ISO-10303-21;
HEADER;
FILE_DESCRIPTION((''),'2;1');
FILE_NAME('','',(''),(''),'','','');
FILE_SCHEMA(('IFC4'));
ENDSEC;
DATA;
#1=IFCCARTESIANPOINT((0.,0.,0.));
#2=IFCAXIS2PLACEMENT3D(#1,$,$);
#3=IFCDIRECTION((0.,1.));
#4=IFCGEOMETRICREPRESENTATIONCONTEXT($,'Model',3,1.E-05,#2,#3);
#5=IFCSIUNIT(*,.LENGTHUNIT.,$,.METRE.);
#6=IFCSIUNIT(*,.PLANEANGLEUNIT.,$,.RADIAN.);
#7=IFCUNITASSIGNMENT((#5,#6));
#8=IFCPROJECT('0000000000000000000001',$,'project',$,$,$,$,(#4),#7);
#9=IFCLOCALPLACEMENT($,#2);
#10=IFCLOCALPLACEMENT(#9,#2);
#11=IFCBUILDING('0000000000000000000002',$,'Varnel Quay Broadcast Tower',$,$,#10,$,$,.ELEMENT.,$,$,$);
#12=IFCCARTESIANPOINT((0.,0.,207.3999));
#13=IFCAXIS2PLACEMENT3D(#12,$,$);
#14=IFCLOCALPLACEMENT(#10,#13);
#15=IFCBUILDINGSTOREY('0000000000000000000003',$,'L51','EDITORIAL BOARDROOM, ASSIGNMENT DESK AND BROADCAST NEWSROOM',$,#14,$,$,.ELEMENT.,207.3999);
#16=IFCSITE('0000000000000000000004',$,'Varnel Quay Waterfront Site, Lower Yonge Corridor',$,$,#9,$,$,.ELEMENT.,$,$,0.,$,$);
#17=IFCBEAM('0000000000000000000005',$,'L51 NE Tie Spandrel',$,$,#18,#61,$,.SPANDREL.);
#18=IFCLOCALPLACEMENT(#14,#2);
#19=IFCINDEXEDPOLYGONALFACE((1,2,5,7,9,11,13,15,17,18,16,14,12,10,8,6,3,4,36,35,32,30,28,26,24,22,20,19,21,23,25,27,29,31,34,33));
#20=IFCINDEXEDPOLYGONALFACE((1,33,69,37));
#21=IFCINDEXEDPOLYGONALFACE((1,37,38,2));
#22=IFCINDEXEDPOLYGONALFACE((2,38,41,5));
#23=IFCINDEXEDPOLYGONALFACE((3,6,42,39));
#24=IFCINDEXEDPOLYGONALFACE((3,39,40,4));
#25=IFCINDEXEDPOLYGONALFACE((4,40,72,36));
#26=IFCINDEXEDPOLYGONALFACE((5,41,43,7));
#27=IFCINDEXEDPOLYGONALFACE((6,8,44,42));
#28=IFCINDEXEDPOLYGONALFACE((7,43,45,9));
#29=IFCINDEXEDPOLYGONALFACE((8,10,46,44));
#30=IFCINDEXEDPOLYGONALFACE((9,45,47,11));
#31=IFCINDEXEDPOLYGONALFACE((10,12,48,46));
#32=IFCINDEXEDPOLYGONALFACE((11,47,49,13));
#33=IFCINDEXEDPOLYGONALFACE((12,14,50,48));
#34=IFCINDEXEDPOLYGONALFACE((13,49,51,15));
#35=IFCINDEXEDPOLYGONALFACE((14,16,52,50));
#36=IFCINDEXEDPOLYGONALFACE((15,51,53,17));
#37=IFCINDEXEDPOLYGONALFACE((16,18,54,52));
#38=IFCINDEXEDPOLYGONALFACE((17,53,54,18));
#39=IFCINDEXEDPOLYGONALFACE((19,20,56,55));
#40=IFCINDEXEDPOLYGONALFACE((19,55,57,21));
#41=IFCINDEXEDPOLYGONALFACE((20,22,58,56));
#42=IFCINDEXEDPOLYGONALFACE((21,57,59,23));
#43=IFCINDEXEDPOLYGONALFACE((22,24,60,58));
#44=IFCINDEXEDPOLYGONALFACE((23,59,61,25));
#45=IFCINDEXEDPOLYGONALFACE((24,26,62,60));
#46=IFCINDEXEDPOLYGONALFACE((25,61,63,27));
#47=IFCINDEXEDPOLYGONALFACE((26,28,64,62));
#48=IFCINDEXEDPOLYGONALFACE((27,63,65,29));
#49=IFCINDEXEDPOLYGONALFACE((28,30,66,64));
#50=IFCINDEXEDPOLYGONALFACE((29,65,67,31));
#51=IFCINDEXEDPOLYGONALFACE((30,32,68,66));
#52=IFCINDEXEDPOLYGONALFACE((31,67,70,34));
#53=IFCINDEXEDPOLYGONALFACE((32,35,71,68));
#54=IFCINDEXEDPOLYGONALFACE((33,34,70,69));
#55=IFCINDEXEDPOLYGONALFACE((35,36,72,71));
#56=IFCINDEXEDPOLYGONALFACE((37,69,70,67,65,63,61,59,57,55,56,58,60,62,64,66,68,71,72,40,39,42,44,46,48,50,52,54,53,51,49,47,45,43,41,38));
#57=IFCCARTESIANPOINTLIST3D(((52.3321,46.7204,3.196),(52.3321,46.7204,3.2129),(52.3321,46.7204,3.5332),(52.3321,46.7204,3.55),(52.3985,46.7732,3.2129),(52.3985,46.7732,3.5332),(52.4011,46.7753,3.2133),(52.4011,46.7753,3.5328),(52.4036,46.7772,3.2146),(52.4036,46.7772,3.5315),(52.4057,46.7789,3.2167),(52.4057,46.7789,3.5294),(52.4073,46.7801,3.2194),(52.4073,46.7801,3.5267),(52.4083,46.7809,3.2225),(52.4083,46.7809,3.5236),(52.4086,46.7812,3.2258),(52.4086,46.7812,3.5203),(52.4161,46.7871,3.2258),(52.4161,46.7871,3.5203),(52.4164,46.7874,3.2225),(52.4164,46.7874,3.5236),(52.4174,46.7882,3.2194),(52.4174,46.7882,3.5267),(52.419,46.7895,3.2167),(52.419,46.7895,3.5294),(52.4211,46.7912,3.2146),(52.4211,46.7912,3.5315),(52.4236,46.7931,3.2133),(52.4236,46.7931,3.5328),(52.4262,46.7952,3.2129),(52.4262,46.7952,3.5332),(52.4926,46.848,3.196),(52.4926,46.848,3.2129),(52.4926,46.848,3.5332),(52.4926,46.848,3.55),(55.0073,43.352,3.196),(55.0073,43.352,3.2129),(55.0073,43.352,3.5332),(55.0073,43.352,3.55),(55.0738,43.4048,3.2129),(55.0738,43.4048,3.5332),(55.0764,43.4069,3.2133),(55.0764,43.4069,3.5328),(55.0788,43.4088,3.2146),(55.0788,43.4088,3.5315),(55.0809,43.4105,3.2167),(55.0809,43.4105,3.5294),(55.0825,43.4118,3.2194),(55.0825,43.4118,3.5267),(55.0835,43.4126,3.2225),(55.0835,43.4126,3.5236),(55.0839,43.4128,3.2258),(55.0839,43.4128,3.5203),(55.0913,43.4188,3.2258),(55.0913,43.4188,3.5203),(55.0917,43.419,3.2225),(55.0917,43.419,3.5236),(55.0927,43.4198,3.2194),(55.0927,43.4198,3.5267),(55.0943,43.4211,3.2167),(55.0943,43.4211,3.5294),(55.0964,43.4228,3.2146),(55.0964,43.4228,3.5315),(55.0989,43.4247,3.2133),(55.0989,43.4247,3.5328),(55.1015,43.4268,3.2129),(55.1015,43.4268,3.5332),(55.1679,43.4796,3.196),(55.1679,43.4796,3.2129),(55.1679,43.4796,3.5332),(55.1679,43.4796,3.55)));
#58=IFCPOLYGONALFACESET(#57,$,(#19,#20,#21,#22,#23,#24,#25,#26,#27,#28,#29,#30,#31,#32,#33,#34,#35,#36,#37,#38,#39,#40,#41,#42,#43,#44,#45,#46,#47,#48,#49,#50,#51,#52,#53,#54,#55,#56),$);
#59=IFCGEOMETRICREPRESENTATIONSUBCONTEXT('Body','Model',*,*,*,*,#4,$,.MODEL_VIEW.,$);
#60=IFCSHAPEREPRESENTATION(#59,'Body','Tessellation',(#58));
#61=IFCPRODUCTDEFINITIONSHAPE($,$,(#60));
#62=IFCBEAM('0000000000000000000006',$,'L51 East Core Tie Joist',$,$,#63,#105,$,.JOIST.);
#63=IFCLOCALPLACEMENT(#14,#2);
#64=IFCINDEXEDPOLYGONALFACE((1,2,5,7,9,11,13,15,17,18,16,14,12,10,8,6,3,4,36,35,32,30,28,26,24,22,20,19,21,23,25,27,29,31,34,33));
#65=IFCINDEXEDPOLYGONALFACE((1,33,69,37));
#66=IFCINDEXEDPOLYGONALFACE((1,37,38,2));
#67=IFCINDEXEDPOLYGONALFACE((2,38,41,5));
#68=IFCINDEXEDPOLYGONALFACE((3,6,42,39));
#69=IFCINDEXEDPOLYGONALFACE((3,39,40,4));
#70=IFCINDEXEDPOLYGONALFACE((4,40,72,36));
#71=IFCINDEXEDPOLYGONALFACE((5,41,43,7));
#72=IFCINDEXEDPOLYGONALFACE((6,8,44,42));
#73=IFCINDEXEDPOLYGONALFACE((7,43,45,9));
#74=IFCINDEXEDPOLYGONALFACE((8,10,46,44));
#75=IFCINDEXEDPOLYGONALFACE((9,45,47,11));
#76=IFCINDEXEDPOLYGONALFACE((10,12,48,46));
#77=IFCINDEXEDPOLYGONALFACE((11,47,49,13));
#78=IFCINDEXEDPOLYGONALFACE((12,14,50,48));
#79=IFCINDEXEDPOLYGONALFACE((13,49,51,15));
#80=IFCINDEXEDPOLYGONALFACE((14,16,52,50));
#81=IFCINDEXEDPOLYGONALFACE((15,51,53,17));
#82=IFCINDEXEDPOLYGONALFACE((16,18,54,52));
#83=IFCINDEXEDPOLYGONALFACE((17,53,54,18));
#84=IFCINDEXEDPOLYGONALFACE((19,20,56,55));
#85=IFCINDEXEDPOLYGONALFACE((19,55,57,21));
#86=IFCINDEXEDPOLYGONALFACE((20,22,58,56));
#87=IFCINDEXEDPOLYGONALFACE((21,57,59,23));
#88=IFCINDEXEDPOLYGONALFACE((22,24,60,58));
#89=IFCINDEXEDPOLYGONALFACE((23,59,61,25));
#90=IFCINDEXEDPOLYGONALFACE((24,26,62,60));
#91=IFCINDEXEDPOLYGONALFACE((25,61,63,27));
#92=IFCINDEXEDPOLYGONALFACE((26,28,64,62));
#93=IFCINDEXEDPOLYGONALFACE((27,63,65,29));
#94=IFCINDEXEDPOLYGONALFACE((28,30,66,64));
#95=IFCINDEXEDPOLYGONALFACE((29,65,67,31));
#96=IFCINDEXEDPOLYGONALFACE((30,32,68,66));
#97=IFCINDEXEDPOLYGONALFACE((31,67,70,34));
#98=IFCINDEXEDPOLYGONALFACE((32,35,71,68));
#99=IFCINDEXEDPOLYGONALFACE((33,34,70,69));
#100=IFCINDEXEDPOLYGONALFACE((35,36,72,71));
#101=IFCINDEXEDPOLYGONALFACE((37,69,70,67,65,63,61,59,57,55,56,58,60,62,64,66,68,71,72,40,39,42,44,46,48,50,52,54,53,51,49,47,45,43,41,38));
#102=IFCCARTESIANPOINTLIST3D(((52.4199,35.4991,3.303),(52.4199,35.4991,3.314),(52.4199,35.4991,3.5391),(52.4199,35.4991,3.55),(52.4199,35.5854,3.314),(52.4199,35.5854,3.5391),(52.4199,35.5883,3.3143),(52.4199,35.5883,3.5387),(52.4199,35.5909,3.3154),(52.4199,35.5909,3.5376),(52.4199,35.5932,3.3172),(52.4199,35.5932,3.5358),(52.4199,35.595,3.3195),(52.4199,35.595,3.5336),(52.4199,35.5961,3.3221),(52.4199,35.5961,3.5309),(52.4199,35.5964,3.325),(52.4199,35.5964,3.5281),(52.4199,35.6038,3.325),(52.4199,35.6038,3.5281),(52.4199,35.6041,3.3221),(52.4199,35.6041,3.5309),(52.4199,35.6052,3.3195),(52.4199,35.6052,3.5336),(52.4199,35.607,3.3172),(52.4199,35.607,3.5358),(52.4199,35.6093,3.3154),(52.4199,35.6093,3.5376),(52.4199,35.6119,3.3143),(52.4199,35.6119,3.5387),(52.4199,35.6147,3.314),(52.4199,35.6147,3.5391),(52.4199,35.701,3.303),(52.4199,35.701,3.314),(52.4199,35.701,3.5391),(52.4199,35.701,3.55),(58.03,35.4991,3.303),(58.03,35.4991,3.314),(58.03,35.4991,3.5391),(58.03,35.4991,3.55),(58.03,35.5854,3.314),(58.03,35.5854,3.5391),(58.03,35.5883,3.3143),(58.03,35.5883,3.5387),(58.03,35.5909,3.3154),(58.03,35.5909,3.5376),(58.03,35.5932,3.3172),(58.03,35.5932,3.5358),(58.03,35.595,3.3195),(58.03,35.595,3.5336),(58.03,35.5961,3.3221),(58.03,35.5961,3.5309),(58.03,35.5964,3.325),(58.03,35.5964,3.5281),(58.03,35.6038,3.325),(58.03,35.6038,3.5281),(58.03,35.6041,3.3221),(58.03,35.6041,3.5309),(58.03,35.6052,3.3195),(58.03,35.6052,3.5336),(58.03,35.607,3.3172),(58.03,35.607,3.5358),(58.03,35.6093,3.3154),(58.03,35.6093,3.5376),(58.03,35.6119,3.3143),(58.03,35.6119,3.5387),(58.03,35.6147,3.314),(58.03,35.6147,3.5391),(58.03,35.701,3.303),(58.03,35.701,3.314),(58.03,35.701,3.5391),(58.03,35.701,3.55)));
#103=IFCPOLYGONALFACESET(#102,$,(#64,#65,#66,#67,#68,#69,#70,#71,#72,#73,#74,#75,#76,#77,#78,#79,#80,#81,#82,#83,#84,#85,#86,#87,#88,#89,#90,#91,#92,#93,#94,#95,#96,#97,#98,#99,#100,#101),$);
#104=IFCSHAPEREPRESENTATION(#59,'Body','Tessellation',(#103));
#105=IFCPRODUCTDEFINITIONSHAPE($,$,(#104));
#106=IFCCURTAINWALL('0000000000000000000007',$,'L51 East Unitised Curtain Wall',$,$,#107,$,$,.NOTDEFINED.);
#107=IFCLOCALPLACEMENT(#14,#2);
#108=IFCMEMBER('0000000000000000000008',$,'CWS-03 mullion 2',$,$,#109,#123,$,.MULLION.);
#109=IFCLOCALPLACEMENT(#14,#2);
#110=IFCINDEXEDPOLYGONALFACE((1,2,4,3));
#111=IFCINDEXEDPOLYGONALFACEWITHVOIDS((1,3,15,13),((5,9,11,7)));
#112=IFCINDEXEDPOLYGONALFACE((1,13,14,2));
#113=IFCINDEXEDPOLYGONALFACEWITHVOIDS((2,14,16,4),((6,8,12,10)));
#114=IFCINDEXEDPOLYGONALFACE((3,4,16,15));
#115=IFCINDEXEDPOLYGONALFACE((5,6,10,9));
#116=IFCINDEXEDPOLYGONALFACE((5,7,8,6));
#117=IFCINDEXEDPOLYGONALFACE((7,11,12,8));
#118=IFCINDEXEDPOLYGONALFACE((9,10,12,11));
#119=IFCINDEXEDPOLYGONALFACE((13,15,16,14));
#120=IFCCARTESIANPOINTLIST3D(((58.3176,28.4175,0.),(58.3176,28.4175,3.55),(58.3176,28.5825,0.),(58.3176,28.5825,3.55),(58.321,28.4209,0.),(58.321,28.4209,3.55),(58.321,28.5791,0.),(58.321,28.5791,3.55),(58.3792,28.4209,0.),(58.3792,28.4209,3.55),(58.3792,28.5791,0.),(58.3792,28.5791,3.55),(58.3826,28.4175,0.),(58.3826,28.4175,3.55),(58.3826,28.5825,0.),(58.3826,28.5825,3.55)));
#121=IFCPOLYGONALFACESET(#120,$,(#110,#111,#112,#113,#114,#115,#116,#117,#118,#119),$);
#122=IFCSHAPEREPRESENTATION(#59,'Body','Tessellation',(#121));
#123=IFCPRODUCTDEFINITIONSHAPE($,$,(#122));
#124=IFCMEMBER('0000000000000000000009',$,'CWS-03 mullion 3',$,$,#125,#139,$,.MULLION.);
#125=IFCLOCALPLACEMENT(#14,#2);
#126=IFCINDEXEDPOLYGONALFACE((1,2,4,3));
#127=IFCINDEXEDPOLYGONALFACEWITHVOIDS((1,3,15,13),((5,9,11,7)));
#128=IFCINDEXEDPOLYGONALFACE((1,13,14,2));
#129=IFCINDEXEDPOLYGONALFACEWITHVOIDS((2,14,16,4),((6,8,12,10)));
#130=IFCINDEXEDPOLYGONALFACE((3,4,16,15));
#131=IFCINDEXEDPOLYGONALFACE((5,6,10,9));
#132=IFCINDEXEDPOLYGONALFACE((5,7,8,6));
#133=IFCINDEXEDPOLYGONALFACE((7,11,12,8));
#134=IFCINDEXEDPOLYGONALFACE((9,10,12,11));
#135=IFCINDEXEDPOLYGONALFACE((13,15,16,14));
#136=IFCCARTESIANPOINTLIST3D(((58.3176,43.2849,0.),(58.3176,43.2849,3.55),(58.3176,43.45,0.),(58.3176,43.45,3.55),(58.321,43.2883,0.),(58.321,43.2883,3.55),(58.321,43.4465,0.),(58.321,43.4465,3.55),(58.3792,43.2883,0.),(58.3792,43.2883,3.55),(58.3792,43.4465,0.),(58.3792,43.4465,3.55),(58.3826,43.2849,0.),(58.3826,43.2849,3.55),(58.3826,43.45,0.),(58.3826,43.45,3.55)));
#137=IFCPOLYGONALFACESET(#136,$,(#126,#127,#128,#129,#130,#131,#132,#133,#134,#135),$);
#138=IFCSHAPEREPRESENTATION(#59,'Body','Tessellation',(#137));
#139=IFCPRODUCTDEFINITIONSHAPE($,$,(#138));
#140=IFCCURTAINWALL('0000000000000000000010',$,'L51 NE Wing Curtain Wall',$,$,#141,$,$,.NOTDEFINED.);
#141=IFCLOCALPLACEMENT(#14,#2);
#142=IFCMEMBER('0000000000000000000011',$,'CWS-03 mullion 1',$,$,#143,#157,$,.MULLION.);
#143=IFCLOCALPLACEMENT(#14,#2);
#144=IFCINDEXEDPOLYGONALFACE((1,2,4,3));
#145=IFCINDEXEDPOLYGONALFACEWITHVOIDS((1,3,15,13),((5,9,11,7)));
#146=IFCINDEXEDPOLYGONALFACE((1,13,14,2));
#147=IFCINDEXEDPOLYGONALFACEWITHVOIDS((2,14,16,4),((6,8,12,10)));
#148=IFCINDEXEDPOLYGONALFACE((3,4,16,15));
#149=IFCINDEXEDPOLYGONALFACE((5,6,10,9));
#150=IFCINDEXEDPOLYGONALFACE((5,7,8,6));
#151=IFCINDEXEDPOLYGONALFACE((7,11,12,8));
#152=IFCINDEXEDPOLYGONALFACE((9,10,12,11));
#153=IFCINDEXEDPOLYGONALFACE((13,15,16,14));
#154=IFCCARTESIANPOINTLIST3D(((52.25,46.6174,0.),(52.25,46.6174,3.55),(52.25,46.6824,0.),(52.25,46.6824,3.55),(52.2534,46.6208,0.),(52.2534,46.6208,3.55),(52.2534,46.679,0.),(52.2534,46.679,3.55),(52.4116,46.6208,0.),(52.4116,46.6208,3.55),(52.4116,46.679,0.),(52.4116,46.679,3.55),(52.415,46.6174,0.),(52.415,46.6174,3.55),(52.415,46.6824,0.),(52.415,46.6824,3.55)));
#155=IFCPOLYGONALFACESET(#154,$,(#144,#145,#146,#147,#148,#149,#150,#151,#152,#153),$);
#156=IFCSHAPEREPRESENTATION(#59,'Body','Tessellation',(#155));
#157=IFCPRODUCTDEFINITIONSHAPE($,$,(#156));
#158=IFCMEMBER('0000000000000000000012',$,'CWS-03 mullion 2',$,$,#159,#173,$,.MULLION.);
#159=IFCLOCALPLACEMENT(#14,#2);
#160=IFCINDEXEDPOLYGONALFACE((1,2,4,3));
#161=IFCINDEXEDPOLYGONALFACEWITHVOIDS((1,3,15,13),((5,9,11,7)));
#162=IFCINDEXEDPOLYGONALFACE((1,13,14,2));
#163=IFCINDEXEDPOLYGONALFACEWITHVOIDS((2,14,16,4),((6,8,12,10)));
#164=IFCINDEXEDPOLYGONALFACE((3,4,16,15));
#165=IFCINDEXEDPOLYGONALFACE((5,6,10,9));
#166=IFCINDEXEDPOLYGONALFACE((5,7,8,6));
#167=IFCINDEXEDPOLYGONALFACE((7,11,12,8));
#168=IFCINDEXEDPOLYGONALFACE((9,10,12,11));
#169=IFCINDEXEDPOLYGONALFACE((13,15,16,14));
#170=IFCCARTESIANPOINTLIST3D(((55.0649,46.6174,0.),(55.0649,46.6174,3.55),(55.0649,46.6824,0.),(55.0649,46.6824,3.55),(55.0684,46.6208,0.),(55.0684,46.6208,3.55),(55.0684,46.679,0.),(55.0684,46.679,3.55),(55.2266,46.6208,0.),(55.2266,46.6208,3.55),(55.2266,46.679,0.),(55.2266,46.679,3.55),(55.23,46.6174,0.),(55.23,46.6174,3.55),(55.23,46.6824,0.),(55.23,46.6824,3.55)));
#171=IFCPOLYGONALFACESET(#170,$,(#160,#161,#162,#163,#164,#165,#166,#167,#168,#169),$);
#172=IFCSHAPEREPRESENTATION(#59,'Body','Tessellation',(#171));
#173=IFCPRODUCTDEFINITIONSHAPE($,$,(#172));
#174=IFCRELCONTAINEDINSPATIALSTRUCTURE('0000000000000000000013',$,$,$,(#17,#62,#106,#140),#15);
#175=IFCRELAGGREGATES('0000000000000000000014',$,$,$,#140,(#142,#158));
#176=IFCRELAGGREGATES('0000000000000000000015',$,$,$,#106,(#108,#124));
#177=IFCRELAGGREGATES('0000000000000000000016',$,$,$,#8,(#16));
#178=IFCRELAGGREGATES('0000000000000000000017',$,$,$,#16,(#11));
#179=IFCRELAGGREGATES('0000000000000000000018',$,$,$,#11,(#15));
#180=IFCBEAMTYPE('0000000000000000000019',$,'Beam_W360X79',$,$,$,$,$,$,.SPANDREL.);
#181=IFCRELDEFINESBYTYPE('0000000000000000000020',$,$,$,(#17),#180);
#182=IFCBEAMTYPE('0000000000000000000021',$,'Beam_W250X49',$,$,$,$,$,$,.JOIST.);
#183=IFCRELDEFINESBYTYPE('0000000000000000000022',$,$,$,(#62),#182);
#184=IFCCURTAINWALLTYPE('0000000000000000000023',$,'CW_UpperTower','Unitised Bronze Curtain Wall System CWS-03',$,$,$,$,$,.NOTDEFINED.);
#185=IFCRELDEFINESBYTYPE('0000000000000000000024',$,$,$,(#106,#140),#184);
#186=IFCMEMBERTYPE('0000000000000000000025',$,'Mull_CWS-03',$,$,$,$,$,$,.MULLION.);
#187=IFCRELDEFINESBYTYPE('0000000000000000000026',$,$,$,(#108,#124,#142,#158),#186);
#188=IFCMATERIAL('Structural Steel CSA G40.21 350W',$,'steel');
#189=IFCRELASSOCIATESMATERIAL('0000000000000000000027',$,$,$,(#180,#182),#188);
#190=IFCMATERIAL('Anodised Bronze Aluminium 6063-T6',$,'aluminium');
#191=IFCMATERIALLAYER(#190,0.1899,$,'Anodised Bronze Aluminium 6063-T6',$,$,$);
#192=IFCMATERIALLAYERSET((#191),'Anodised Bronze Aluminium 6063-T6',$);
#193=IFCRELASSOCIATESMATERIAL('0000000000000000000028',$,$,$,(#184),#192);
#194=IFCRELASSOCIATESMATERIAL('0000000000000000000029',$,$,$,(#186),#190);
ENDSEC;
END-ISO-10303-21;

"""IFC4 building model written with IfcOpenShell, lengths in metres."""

from ifc_helpers import new_model, si_unit, direction, frame, origin, origin_2d, place, context, subcontext, project, spatial, hollow_rectangle, i_section, extrude, source, transform, mapped, material, layer, layer_set, material_profile, profile_set, type_object, type_shapes, element, aggregate, save


model = new_model("IFC4")

# Units and contexts
model_context = context("Model", 3, precision=1e-05, world=origin(), true_north=direction((0.0, 1.0)))
body_context = subcontext(model_context, "Body", "Model", "MODEL_VIEW")
ifc_project = project(units=[si_unit("LENGTHUNIT", "METRE"), si_unit("PLANEANGLEUNIT", "RADIAN")], contexts=[model_context])

# Site, building, storey
site_placement = place(None, origin())
site = spatial("IfcSite", under=ifc_project, at=site_placement, Name="Varnel Quay Waterfront Site, Lower Yonge Corridor", CompositionType="ELEMENT", RefElevation=0.0)
building_placement = place(site_placement, origin())
building = spatial("IfcBuilding", under=site, at=building_placement, Name="Varnel Quay Broadcast Tower", CompositionType="ELEMENT")
storey_placement = place(building_placement, frame((0.0, 0.0, 207.3999)))
storey = spatial("IfcBuildingStorey", under=building, at=storey_placement, Name="L51", Description="EDITORIAL BOARDROOM, ASSIGNMENT DESK AND BROADCAST NEWSROOM", CompositionType="ELEMENT", Elevation=207.3999)

# Shared definitions
ifc_material_1 = material(Name="Structural Steel CSA G40.21 350W", Category="steel")

# Beams
ifc_material_profile_1 = material_profile(ifc_material_1, i_section(OverallWidth=0.2051, OverallDepth=0.354, WebThickness=0.0095, FlangeThickness=0.0168, FilletRadius=0.0129, at=origin_2d()), Name="W360X79")
ifc_profile_set_1 = profile_set([ifc_material_profile_1], Name="Structural Steel CSA G40.21 350W")
beam_type_1 = type_object("IfcBeamType", Name="Beam_W360X79", PredefinedType="SPANDREL", material=ifc_profile_set_1)
shared_shape_1 = source(origin(), body_context, "Body", "SweptSolid", [
    extrude(i_section(OverallWidth=0.2051, OverallDepth=0.354, WebThickness=0.0095, FlangeThickness=0.0168, FilletRadius=0.0129, at=origin_2d()), origin(), (0.0, 0.0, 1.0), 4.3015),
])
beam_1_placement = place(storey_placement, frame((52.4124, 46.7842, 3.373), z_axis=(0.621936, -0.783068, 0.0), x_axis=(0.783068, 0.621936, 0.0)))
element("IfcBeam", 1, at=beam_1_placement, inside=storey, type_object=beam_type_1, Name="L51 NE Tie Spandrel", PredefinedType="SPANDREL", context=body_context, shape_type="MappedRepresentation", body=[
    mapped(shared_shape_1, transform((0.0, 0.0, 0.0), x_axis=(1.0, 0.0, 0.0), y_axis=(0.0, 1.0, 0.0), z_axis=(0.0, 0.0, 1.0), scale=1.0)),
])
ifc_material_profile_2 = material_profile(ifc_material_1, i_section(OverallWidth=0.2019, OverallDepth=0.2471, WebThickness=0.0073, FlangeThickness=0.011, FilletRadius=0.011, at=origin_2d()), Name="W250X49")
ifc_profile_set_2 = profile_set([ifc_material_profile_2], Name="Structural Steel CSA G40.21 350W")
beam_type_2 = type_object("IfcBeamType", Name="Beam_W250X49", PredefinedType="JOIST", material=ifc_profile_set_2)
shared_shape_2 = source(origin(), body_context, "Body", "SweptSolid", [
    extrude(i_section(OverallWidth=0.2019, OverallDepth=0.2471, WebThickness=0.0073, FlangeThickness=0.011, FilletRadius=0.011, at=origin_2d()), origin(), (0.0, 0.0, 1.0), 5.6101),
])
type_shapes(beam_type_2, [shared_shape_2])
beam_2_placement = place(storey_placement, frame((52.4199, 35.6001, 3.4265), z_axis=(1.0, 0.0, 0.0), x_axis=(0.0, 1.0, 0.0)))
element("IfcBeam", 2, at=beam_2_placement, inside=storey, type_object=beam_type_2, Name="L51 East Core Tie Joist", PredefinedType="JOIST", context=body_context, shape_type="MappedRepresentation", body=[
    mapped(shared_shape_2, transform((0.0, 0.0, 0.0), x_axis=(1.0, 0.0, 0.0), y_axis=(0.0, 1.0, 0.0), z_axis=(0.0, 0.0, 1.0), scale=1.0)),
])

# Curtain walls, members
ifc_material_2 = material(Name="Anodised Bronze Aluminium 6063-T6", Category="aluminium")
ifc_layer_1 = layer(ifc_material_2, 0.1899, Name="Anodised Bronze Aluminium 6063-T6")
ifc_layer_set_1 = layer_set([ifc_layer_1], Name="Anodised Bronze Aluminium 6063-T6")
curtain_wall_type = type_object("IfcCurtainWallType", Name="CW_UpperTower", Description="Unitised Bronze Curtain Wall System CWS-03", PredefinedType="NOTDEFINED", material=ifc_layer_set_1)
curtain_wall_1_placement = place(storey_placement, origin())
curtain_wall_1 = element("IfcCurtainWall", 3, at=curtain_wall_1_placement, inside=storey, type_object=curtain_wall_type, Name="L51 East Unitised Curtain Wall", PredefinedType="NOTDEFINED")
ifc_material_profile_3 = material_profile(ifc_material_2, hollow_rectangle(XDim=0.0649, YDim=0.165, WallThickness=0.0034, at=origin_2d()), Name="ALU65X165X3.5")
ifc_profile_set_3 = profile_set([ifc_material_profile_3], Name="Anodised Bronze Aluminium 6063-T6")
member_type_1 = type_object("IfcMemberType", Name="Mull_CWS-03", PredefinedType="MULLION", material=ifc_profile_set_3)
shared_shape_3 = source(origin(), body_context, "Body", "SweptSolid", [
    extrude(hollow_rectangle(XDim=0.0649, YDim=0.165, WallThickness=0.0034, at=origin_2d()), origin(), (0.0, 0.0, 1.0), 3.55),
])
type_shapes(member_type_1, [shared_shape_3])
member_1_placement = place(storey_placement, frame((58.3501, 28.5, 0.0), z_axis=(0.0, 0.0, 1.0), x_axis=(-1.0, 0.0, 0.0)))
member_1 = element("IfcMember", 4, at=member_1_placement, type_object=member_type_1, Name="CWS-03 mullion 2", PredefinedType="MULLION", context=body_context, shape_type="MappedRepresentation", body=[
    mapped(shared_shape_3, transform((0.0, 0.0, 0.0), x_axis=(1.0, 0.0, 0.0), y_axis=(0.0, 1.0, 0.0), z_axis=(0.0, 0.0, 1.0), scale=1.0)),
])
member_2_placement = place(storey_placement, frame((58.3501, 43.3674, 0.0), z_axis=(0.0, 0.0, 1.0), x_axis=(-1.0, 0.0, 0.0)))
member_2 = element("IfcMember", 5, at=member_2_placement, type_object=member_type_1, Name="CWS-03 mullion 3", PredefinedType="MULLION", context=body_context, shape_type="MappedRepresentation", body=[
    mapped(shared_shape_3, transform((0.0, 0.0, 0.0), x_axis=(1.0, 0.0, 0.0), y_axis=(0.0, 1.0, 0.0), z_axis=(0.0, 0.0, 1.0), scale=1.0)),
])
curtain_wall_2_placement = place(storey_placement, origin())
curtain_wall_2 = element("IfcCurtainWall", 6, at=curtain_wall_2_placement, inside=storey, type_object=curtain_wall_type, Name="L51 NE Wing Curtain Wall", PredefinedType="NOTDEFINED")
member_3_placement = place(storey_placement, frame((52.3325, 46.6499, 0.0), z_axis=(0.0, 0.0, 1.0), x_axis=(0.0, 1.0, 0.0)))
member_3 = element("IfcMember", 7, at=member_3_placement, type_object=member_type_1, Name="CWS-03 mullion 1", PredefinedType="MULLION", context=body_context, shape_type="MappedRepresentation", body=[
    mapped(shared_shape_3, transform((0.0, 0.0, 0.0), x_axis=(1.0, 0.0, 0.0), y_axis=(0.0, 1.0, 0.0), z_axis=(0.0, 0.0, 1.0), scale=1.0)),
])
member_4_placement = place(storey_placement, frame((55.1475, 46.6499, 0.0), z_axis=(0.0, 0.0, 1.0), x_axis=(0.0, 1.0, 0.0)))
member_4 = element("IfcMember", 8, at=member_4_placement, type_object=member_type_1, Name="CWS-03 mullion 2", PredefinedType="MULLION", context=body_context, shape_type="MappedRepresentation", body=[
    mapped(shared_shape_3, transform((0.0, 0.0, 0.0), x_axis=(1.0, 0.0, 0.0), y_axis=(0.0, 1.0, 0.0), z_axis=(0.0, 0.0, 1.0), scale=1.0)),
])

aggregate(curtain_wall_2, [member_3, member_4])
aggregate(curtain_wall_1, [member_1, member_2])

save(model, "model.ifc")
